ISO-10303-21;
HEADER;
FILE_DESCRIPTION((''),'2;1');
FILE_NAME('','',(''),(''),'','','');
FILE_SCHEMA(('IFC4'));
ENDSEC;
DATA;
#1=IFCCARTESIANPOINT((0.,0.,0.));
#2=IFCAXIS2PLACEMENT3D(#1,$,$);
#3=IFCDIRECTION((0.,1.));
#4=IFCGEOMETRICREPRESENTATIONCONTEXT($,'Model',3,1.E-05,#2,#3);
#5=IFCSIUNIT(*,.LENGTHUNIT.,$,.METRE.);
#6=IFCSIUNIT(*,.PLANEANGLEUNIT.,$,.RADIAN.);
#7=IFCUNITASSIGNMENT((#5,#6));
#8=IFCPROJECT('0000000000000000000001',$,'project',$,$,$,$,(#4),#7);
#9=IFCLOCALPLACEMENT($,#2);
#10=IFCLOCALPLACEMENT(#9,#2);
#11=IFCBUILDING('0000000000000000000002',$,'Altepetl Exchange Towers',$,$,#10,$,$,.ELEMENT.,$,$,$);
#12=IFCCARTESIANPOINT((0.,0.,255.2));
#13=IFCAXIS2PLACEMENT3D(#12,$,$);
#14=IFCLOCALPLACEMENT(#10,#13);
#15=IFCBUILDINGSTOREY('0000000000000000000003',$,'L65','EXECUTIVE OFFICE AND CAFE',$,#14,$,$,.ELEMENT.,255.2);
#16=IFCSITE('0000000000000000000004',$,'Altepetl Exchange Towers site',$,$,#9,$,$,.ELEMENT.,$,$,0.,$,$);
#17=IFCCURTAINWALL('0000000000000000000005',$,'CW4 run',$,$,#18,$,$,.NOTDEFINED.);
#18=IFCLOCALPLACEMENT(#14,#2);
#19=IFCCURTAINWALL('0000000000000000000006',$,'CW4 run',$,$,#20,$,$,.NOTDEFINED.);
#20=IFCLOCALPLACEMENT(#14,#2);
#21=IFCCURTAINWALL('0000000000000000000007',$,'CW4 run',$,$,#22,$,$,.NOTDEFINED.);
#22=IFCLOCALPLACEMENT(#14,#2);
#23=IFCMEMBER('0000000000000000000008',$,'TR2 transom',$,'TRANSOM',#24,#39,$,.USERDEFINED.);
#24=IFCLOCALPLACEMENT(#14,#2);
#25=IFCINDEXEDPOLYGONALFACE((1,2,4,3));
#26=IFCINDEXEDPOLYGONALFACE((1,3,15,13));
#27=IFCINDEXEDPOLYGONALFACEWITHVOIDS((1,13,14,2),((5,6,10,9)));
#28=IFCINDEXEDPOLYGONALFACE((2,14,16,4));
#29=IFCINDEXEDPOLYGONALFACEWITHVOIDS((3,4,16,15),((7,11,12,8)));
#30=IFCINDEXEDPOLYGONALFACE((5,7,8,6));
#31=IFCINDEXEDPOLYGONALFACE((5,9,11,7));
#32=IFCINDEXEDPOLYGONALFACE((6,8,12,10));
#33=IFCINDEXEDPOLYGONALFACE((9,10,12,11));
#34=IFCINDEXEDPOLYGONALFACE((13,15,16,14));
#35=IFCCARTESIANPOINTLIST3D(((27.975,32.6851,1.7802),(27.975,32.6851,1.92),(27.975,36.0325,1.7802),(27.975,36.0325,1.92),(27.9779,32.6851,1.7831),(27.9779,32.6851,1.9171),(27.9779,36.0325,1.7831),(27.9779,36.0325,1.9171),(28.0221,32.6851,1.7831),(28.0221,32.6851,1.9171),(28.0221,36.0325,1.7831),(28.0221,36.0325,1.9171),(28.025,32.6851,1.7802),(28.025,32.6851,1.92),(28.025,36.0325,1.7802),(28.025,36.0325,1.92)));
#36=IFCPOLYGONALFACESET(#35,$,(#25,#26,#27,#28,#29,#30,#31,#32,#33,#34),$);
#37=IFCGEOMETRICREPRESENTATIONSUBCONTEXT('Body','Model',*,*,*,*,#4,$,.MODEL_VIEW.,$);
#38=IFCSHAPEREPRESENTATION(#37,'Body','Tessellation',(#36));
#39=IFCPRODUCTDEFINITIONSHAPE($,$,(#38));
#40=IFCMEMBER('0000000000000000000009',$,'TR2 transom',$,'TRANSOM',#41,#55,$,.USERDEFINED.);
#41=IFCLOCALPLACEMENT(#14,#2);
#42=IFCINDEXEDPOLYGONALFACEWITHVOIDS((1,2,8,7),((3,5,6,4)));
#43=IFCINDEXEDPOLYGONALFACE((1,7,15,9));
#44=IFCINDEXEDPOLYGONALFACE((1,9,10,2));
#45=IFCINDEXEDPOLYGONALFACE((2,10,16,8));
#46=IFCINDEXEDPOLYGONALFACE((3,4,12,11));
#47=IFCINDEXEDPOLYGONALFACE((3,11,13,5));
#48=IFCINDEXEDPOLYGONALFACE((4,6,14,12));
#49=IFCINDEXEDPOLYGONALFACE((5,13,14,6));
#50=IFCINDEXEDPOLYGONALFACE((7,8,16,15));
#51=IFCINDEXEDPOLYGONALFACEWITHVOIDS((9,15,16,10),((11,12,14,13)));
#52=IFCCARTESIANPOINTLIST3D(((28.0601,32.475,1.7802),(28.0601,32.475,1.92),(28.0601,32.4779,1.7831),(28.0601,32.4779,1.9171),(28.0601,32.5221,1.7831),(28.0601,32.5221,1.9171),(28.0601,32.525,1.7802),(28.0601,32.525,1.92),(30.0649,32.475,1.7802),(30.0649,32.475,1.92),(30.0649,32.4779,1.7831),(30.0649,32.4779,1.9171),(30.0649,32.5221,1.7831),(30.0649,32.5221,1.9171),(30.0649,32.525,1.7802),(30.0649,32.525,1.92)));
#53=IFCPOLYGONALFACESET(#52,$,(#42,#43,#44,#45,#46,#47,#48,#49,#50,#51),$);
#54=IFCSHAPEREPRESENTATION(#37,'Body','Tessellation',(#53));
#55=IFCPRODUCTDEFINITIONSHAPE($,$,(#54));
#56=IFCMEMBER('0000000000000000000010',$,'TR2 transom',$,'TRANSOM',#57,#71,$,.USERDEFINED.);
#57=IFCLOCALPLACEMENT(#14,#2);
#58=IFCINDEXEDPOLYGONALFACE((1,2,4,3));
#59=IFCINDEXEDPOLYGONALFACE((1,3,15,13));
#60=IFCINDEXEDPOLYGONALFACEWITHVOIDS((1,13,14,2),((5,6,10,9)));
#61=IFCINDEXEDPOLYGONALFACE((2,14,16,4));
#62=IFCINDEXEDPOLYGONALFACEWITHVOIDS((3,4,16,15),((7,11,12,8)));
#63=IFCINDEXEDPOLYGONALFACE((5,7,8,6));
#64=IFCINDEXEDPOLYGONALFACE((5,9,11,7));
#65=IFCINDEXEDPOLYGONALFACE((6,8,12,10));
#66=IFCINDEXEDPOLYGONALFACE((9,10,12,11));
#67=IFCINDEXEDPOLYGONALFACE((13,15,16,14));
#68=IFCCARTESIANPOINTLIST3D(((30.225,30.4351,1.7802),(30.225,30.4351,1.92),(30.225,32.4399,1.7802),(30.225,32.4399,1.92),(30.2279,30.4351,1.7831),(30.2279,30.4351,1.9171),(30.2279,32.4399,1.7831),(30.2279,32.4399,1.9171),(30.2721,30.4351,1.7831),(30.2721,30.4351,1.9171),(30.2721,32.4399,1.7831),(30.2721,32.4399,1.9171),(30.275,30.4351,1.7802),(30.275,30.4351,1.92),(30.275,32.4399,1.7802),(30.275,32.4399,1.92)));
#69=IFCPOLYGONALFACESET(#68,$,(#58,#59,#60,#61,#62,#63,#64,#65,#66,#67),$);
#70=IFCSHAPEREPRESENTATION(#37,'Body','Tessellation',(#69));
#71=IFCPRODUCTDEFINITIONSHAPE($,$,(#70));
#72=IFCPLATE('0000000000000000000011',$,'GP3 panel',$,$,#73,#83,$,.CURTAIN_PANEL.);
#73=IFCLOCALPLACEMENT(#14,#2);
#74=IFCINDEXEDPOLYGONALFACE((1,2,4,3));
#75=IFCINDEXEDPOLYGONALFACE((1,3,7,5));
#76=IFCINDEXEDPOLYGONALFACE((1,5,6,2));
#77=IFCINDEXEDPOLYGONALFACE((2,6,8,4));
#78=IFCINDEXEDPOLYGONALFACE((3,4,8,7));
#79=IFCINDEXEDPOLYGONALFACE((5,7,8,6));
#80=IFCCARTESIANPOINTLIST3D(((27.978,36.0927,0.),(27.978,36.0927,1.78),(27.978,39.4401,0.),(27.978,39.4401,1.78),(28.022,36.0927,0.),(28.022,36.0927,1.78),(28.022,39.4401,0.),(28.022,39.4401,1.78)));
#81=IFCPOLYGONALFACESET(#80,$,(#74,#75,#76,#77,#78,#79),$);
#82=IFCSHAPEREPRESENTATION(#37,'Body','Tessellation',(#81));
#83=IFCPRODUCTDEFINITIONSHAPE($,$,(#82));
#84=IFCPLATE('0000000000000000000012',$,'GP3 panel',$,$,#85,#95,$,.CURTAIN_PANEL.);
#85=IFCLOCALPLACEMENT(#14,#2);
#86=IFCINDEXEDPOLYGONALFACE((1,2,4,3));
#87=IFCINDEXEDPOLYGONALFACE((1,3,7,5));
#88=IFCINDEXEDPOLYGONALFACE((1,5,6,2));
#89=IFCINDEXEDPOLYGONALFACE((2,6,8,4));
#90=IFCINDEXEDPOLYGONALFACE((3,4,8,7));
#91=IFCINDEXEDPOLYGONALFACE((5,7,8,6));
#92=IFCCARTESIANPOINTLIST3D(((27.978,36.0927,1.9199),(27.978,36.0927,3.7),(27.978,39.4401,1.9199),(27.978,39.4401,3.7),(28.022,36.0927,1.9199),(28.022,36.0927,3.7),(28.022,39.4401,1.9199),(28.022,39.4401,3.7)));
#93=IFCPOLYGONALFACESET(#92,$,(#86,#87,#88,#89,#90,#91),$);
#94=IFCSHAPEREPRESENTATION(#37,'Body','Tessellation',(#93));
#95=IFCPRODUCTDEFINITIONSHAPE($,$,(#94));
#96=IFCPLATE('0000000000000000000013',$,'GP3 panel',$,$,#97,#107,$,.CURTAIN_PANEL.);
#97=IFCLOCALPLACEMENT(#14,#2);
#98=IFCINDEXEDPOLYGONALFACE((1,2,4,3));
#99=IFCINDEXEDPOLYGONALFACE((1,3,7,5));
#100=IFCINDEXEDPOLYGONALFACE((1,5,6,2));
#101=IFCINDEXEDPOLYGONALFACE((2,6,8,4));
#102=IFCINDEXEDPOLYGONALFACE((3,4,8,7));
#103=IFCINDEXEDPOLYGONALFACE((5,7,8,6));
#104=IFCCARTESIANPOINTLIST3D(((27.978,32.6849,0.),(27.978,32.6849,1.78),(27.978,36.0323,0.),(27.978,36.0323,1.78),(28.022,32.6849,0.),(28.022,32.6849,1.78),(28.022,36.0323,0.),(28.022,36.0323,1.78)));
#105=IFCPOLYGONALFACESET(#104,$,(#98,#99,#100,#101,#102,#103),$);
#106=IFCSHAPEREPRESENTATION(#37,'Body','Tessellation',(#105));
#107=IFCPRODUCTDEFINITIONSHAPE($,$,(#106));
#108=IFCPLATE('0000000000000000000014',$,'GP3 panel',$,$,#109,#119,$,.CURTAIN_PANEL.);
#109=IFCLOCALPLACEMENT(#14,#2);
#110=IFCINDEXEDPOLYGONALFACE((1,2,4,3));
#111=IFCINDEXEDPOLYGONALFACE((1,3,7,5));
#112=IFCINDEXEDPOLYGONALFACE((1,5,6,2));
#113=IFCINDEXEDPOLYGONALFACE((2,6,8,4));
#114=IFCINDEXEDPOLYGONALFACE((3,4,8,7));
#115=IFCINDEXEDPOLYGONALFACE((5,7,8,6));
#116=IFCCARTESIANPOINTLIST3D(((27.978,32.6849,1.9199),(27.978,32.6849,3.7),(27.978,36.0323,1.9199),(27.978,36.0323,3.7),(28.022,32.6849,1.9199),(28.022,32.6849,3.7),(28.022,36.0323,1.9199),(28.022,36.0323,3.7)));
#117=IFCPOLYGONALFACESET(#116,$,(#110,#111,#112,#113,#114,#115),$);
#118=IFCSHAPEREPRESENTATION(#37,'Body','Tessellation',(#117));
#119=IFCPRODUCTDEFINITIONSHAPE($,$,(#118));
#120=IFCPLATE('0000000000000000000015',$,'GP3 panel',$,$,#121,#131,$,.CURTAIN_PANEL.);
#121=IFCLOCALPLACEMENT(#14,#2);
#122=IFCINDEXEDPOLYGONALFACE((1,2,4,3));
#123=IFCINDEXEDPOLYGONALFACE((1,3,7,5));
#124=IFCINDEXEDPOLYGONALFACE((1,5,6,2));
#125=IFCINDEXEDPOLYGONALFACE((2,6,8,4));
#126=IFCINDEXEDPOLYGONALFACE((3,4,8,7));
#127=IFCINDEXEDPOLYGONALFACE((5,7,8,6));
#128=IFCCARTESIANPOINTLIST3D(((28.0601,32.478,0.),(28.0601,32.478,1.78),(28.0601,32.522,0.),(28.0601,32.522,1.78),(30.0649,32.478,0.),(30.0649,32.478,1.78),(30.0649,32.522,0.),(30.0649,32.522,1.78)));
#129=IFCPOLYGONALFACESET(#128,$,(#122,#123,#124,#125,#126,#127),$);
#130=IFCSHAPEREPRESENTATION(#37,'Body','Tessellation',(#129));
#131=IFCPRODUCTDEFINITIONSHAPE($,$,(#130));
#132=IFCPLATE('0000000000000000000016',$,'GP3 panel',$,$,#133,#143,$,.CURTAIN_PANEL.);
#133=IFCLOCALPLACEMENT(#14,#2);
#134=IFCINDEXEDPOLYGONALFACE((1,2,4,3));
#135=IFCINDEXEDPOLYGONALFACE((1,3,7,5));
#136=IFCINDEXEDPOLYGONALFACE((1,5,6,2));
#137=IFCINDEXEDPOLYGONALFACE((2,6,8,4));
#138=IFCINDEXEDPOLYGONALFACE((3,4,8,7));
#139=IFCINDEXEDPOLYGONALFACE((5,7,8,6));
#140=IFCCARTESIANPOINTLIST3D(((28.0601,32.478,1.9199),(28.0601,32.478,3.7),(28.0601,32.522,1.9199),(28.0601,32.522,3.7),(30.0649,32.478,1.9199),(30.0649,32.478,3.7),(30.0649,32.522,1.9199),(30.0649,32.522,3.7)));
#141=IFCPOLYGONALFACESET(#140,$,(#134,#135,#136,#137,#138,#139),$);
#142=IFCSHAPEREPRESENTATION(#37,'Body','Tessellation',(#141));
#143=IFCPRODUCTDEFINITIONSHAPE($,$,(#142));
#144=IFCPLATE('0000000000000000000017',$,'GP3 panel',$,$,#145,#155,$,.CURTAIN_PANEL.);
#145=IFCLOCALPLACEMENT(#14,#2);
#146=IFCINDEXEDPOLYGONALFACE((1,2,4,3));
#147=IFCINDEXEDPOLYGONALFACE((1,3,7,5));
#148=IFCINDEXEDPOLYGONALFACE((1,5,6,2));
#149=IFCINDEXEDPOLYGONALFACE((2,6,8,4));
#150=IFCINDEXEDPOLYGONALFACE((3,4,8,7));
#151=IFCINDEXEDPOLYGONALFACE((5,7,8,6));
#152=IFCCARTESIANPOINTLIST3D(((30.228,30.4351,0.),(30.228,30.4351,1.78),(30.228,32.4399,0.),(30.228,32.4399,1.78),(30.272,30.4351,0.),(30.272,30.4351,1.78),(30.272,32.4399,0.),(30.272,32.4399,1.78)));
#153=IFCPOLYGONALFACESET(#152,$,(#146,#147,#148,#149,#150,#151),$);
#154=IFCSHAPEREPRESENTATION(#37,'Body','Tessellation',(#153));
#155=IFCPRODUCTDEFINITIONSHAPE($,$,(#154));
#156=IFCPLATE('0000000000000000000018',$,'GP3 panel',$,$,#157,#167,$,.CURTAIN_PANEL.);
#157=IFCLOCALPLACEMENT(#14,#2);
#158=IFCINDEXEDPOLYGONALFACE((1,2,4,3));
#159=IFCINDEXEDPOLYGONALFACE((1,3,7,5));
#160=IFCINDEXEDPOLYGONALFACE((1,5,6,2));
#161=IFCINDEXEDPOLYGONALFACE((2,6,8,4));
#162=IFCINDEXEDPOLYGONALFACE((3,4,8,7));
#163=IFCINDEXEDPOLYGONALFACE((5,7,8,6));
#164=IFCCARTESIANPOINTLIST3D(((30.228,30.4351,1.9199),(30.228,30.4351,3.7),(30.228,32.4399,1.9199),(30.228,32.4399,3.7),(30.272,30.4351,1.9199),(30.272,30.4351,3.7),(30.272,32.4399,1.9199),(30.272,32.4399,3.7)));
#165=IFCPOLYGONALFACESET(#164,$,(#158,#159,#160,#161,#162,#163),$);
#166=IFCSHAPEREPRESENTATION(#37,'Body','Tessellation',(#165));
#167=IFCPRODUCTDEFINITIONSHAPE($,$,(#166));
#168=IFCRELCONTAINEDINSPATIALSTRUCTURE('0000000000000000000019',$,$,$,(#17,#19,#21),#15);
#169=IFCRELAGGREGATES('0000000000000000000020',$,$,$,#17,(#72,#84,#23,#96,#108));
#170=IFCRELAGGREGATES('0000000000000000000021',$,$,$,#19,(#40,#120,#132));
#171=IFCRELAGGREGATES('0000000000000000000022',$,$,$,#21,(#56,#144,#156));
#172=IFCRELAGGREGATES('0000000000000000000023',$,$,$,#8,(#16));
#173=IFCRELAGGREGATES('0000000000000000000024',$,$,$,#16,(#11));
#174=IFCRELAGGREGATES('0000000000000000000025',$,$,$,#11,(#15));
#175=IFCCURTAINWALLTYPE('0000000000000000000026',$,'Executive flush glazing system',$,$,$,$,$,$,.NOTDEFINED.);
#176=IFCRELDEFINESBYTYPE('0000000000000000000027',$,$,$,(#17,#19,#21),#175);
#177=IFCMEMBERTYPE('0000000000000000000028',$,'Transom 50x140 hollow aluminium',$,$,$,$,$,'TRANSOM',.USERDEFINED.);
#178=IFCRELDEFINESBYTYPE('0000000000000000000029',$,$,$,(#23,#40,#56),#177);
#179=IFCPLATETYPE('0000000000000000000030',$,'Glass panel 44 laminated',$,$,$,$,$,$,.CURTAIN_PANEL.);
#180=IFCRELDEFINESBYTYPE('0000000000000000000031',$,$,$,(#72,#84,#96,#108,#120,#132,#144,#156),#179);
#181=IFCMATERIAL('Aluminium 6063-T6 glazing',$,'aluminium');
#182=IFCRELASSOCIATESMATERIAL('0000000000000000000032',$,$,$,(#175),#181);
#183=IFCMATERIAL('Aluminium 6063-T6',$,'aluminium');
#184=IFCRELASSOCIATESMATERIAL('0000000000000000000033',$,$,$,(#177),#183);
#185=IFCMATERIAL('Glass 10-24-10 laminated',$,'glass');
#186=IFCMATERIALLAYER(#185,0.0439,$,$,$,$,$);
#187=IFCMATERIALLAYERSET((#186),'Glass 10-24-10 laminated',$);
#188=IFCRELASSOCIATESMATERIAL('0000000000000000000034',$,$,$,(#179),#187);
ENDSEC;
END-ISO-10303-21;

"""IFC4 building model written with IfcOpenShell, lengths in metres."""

from ifc_helpers import new_model, si_unit, direction, frame, origin, origin_2d, place, context, subcontext, project, spatial, rectangle, hollow_rectangle, extrude, material, layer, layer_set, material_profile, profile_set, type_object, element, aggregate, save


model = new_model("IFC4")

# Units and contexts
model_context = context("Model", 3, precision=1e-05, world=origin(), true_north=direction((0.0, 1.0)))
body_context = subcontext(model_context, "Body", "Model", "MODEL_VIEW")
ifc_project = project(units=[si_unit("LENGTHUNIT", "METRE"), si_unit("PLANEANGLEUNIT", "RADIAN")], contexts=[model_context])

# Site, building, storey
site_placement = place(None, origin())
site = spatial("IfcSite", under=ifc_project, at=site_placement, Name="Altepetl Exchange Towers site", CompositionType="ELEMENT", RefElevation=0.0)
building_placement = place(site_placement, origin())
building = spatial("IfcBuilding", under=site, at=building_placement, Name="Altepetl Exchange Towers", CompositionType="ELEMENT")
storey_placement = place(building_placement, frame((0.0, 0.0, 255.2)))
storey = spatial("IfcBuildingStorey", under=building, at=storey_placement, Name="L65", Description="EXECUTIVE OFFICE AND CAFE", CompositionType="ELEMENT", Elevation=255.2)

# Curtain walls
ifc_material_1 = material(Name="Aluminium 6063-T6 glazing", Category="aluminium")
curtain_wall_type = type_object("IfcCurtainWallType", Name="Executive flush glazing system", PredefinedType="NOTDEFINED", material=ifc_material_1)
curtain_wall_1_placement = place(storey_placement, origin())
curtain_wall_1 = element("IfcCurtainWall", 1, at=curtain_wall_1_placement, inside=storey, type_object=curtain_wall_type, Name="CW4 run", PredefinedType="NOTDEFINED")
ifc_material_2 = material(Name="Aluminium 6063-T6", Category="aluminium")
curtain_wall_2_placement = place(storey_placement, origin())
curtain_wall_2 = element("IfcCurtainWall", 2, at=curtain_wall_2_placement, inside=storey, type_object=curtain_wall_type, Name="CW4 run", PredefinedType="NOTDEFINED")
curtain_wall_3_placement = place(storey_placement, origin())
curtain_wall_3 = element("IfcCurtainWall", 3, at=curtain_wall_3_placement, inside=storey, type_object=curtain_wall_type, Name="CW4 run", PredefinedType="NOTDEFINED")

# Members
ifc_material_profile_1 = material_profile(ifc_material_2, hollow_rectangle(XDim=0.05, YDim=0.1399, WallThickness=0.0029, at=origin_2d()), Name="Transom 50x140 hollow aluminium")
ifc_profile_set_1 = profile_set([ifc_material_profile_1], Name="Aluminium 6063-T6")
member_type_1 = type_object("IfcMemberType", Name="Transom 50x140 hollow aluminium", ElementType="TRANSOM", PredefinedType="USERDEFINED", material=ifc_profile_set_1)
member_1_placement = place(storey_placement, frame((28.0, 36.0325, 1.8501), z_axis=(0.0, -1.0, 0.0), x_axis=(1.0, 0.0, 0.0)))
member_1 = element("IfcMember", 4, at=member_1_placement, type_object=member_type_1, Name="TR2 transom", ObjectType="TRANSOM", PredefinedType="USERDEFINED", context=body_context, shape_type="SweptSolid", body=[
    extrude(hollow_rectangle(XDim=0.05, YDim=0.1399, WallThickness=0.0029, at=origin_2d()), origin(), (0.0, 0.0, 1.0), 3.3474),
])
member_2_placement = place(storey_placement, frame((28.0601, 32.5, 1.8501), z_axis=(1.0, 0.0, 0.0), x_axis=(0.0, 1.0, 0.0)))
member_2 = element("IfcMember", 5, at=member_2_placement, type_object=member_type_1, Name="TR2 transom", ObjectType="TRANSOM", PredefinedType="USERDEFINED", context=body_context, shape_type="SweptSolid", body=[
    extrude(hollow_rectangle(XDim=0.05, YDim=0.1399, WallThickness=0.0029, at=origin_2d()), origin(), (0.0, 0.0, 1.0), 2.0049),
])
member_3_placement = place(storey_placement, frame((30.25, 32.4399, 1.8501), z_axis=(0.0, -1.0, 0.0), x_axis=(1.0, 0.0, 0.0)))
member_3 = element("IfcMember", 6, at=member_3_placement, type_object=member_type_1, Name="TR2 transom", ObjectType="TRANSOM", PredefinedType="USERDEFINED", context=body_context, shape_type="SweptSolid", body=[
    extrude(hollow_rectangle(XDim=0.05, YDim=0.1399, WallThickness=0.0029, at=origin_2d()), origin(), (0.0, 0.0, 1.0), 2.0049),
])

# Plates
ifc_material_3 = material(Name="Glass 10-24-10 laminated", Category="glass")
ifc_layer = layer(ifc_material_3, 0.0439)
ifc_layer_set = layer_set([ifc_layer], Name="Glass 10-24-10 laminated")
plate_type = type_object("IfcPlateType", Name="Glass panel 44 laminated", PredefinedType="CURTAIN_PANEL", material=ifc_layer_set)
plate_1_placement = place(storey_placement, frame((28.0, 37.7664, 0.0), z_axis=(0.0, 0.0, 1.0), x_axis=(0.0, -1.0, 0.0)))
plate_1 = element("IfcPlate", 7, at=plate_1_placement, type_object=plate_type, Name="GP3 panel", PredefinedType="CURTAIN_PANEL", context=body_context, shape_type="SweptSolid", body=[
    extrude(rectangle(XDim=3.3474, YDim=0.0439, at=origin_2d()), origin(), (0.0, 0.0, 1.0), 1.78),
])
plate_2_placement = place(storey_placement, frame((28.0, 37.7664, 1.9199), z_axis=(0.0, 0.0, 1.0), x_axis=(0.0, -1.0, 0.0)))
plate_2 = element("IfcPlate", 8, at=plate_2_placement, type_object=plate_type, Name="GP3 panel", PredefinedType="CURTAIN_PANEL", context=body_context, shape_type="SweptSolid", body=[
    extrude(rectangle(XDim=3.3474, YDim=0.0439, at=origin_2d()), origin(), (0.0, 0.0, 1.0), 1.78),
])
plate_3_placement = place(storey_placement, frame((28.0, 34.3586, 0.0), z_axis=(0.0, 0.0, 1.0), x_axis=(0.0, -1.0, 0.0)))
plate_3 = element("IfcPlate", 9, at=plate_3_placement, type_object=plate_type, Name="GP3 panel", PredefinedType="CURTAIN_PANEL", context=body_context, shape_type="SweptSolid", body=[
    extrude(rectangle(XDim=3.3474, YDim=0.0439, at=origin_2d()), origin(), (0.0, 0.0, 1.0), 1.78),
])
plate_4_placement = place(storey_placement, frame((28.0, 34.3586, 1.9199), z_axis=(0.0, 0.0, 1.0), x_axis=(0.0, -1.0, 0.0)))
plate_4 = element("IfcPlate", 10, at=plate_4_placement, type_object=plate_type, Name="GP3 panel", PredefinedType="CURTAIN_PANEL", context=body_context, shape_type="SweptSolid", body=[
    extrude(rectangle(XDim=3.3474, YDim=0.0439, at=origin_2d()), origin(), (0.0, 0.0, 1.0), 1.78),
])
aggregate(curtain_wall_1, [plate_1, plate_2, member_1, plate_3, plate_4])
plate_5_placement = place(storey_placement, frame((29.0625, 32.5, 0.0)))
plate_5 = element("IfcPlate", 11, at=plate_5_placement, type_object=plate_type, Name="GP3 panel", PredefinedType="CURTAIN_PANEL", context=body_context, shape_type="SweptSolid", body=[
    extrude(rectangle(XDim=2.0049, YDim=0.0439, at=origin_2d()), origin(), (0.0, 0.0, 1.0), 1.78),
])
plate_6_placement = place(storey_placement, frame((29.0625, 32.5, 1.9199)))
plate_6 = element("IfcPlate", 12, at=plate_6_placement, type_object=plate_type, Name="GP3 panel", PredefinedType="CURTAIN_PANEL", context=body_context, shape_type="SweptSolid", body=[
    extrude(rectangle(XDim=2.0049, YDim=0.0439, at=origin_2d()), origin(), (0.0, 0.0, 1.0), 1.78),
])
aggregate(curtain_wall_2, [member_2, plate_5, plate_6])
plate_7_placement = place(storey_placement, frame((30.25, 31.4375, 0.0), z_axis=(0.0, 0.0, 1.0), x_axis=(0.0, -1.0, 0.0)))
plate_7 = element("IfcPlate", 13, at=plate_7_placement, type_object=plate_type, Name="GP3 panel", PredefinedType="CURTAIN_PANEL", context=body_context, shape_type="SweptSolid", body=[
    extrude(rectangle(XDim=2.0049, YDim=0.0439, at=origin_2d()), origin(), (0.0, 0.0, 1.0), 1.78),
])
plate_8_placement = place(storey_placement, frame((30.25, 31.4375, 1.9199), z_axis=(0.0, 0.0, 1.0), x_axis=(0.0, -1.0, 0.0)))
plate_8 = element("IfcPlate", 14, at=plate_8_placement, type_object=plate_type, Name="GP3 panel", PredefinedType="CURTAIN_PANEL", context=body_context, shape_type="SweptSolid", body=[
    extrude(rectangle(XDim=2.0049, YDim=0.0439, at=origin_2d()), origin(), (0.0, 0.0, 1.0), 1.78),
])
aggregate(curtain_wall_3, [member_3, plate_7, plate_8])

save(model, "model.ifc")
